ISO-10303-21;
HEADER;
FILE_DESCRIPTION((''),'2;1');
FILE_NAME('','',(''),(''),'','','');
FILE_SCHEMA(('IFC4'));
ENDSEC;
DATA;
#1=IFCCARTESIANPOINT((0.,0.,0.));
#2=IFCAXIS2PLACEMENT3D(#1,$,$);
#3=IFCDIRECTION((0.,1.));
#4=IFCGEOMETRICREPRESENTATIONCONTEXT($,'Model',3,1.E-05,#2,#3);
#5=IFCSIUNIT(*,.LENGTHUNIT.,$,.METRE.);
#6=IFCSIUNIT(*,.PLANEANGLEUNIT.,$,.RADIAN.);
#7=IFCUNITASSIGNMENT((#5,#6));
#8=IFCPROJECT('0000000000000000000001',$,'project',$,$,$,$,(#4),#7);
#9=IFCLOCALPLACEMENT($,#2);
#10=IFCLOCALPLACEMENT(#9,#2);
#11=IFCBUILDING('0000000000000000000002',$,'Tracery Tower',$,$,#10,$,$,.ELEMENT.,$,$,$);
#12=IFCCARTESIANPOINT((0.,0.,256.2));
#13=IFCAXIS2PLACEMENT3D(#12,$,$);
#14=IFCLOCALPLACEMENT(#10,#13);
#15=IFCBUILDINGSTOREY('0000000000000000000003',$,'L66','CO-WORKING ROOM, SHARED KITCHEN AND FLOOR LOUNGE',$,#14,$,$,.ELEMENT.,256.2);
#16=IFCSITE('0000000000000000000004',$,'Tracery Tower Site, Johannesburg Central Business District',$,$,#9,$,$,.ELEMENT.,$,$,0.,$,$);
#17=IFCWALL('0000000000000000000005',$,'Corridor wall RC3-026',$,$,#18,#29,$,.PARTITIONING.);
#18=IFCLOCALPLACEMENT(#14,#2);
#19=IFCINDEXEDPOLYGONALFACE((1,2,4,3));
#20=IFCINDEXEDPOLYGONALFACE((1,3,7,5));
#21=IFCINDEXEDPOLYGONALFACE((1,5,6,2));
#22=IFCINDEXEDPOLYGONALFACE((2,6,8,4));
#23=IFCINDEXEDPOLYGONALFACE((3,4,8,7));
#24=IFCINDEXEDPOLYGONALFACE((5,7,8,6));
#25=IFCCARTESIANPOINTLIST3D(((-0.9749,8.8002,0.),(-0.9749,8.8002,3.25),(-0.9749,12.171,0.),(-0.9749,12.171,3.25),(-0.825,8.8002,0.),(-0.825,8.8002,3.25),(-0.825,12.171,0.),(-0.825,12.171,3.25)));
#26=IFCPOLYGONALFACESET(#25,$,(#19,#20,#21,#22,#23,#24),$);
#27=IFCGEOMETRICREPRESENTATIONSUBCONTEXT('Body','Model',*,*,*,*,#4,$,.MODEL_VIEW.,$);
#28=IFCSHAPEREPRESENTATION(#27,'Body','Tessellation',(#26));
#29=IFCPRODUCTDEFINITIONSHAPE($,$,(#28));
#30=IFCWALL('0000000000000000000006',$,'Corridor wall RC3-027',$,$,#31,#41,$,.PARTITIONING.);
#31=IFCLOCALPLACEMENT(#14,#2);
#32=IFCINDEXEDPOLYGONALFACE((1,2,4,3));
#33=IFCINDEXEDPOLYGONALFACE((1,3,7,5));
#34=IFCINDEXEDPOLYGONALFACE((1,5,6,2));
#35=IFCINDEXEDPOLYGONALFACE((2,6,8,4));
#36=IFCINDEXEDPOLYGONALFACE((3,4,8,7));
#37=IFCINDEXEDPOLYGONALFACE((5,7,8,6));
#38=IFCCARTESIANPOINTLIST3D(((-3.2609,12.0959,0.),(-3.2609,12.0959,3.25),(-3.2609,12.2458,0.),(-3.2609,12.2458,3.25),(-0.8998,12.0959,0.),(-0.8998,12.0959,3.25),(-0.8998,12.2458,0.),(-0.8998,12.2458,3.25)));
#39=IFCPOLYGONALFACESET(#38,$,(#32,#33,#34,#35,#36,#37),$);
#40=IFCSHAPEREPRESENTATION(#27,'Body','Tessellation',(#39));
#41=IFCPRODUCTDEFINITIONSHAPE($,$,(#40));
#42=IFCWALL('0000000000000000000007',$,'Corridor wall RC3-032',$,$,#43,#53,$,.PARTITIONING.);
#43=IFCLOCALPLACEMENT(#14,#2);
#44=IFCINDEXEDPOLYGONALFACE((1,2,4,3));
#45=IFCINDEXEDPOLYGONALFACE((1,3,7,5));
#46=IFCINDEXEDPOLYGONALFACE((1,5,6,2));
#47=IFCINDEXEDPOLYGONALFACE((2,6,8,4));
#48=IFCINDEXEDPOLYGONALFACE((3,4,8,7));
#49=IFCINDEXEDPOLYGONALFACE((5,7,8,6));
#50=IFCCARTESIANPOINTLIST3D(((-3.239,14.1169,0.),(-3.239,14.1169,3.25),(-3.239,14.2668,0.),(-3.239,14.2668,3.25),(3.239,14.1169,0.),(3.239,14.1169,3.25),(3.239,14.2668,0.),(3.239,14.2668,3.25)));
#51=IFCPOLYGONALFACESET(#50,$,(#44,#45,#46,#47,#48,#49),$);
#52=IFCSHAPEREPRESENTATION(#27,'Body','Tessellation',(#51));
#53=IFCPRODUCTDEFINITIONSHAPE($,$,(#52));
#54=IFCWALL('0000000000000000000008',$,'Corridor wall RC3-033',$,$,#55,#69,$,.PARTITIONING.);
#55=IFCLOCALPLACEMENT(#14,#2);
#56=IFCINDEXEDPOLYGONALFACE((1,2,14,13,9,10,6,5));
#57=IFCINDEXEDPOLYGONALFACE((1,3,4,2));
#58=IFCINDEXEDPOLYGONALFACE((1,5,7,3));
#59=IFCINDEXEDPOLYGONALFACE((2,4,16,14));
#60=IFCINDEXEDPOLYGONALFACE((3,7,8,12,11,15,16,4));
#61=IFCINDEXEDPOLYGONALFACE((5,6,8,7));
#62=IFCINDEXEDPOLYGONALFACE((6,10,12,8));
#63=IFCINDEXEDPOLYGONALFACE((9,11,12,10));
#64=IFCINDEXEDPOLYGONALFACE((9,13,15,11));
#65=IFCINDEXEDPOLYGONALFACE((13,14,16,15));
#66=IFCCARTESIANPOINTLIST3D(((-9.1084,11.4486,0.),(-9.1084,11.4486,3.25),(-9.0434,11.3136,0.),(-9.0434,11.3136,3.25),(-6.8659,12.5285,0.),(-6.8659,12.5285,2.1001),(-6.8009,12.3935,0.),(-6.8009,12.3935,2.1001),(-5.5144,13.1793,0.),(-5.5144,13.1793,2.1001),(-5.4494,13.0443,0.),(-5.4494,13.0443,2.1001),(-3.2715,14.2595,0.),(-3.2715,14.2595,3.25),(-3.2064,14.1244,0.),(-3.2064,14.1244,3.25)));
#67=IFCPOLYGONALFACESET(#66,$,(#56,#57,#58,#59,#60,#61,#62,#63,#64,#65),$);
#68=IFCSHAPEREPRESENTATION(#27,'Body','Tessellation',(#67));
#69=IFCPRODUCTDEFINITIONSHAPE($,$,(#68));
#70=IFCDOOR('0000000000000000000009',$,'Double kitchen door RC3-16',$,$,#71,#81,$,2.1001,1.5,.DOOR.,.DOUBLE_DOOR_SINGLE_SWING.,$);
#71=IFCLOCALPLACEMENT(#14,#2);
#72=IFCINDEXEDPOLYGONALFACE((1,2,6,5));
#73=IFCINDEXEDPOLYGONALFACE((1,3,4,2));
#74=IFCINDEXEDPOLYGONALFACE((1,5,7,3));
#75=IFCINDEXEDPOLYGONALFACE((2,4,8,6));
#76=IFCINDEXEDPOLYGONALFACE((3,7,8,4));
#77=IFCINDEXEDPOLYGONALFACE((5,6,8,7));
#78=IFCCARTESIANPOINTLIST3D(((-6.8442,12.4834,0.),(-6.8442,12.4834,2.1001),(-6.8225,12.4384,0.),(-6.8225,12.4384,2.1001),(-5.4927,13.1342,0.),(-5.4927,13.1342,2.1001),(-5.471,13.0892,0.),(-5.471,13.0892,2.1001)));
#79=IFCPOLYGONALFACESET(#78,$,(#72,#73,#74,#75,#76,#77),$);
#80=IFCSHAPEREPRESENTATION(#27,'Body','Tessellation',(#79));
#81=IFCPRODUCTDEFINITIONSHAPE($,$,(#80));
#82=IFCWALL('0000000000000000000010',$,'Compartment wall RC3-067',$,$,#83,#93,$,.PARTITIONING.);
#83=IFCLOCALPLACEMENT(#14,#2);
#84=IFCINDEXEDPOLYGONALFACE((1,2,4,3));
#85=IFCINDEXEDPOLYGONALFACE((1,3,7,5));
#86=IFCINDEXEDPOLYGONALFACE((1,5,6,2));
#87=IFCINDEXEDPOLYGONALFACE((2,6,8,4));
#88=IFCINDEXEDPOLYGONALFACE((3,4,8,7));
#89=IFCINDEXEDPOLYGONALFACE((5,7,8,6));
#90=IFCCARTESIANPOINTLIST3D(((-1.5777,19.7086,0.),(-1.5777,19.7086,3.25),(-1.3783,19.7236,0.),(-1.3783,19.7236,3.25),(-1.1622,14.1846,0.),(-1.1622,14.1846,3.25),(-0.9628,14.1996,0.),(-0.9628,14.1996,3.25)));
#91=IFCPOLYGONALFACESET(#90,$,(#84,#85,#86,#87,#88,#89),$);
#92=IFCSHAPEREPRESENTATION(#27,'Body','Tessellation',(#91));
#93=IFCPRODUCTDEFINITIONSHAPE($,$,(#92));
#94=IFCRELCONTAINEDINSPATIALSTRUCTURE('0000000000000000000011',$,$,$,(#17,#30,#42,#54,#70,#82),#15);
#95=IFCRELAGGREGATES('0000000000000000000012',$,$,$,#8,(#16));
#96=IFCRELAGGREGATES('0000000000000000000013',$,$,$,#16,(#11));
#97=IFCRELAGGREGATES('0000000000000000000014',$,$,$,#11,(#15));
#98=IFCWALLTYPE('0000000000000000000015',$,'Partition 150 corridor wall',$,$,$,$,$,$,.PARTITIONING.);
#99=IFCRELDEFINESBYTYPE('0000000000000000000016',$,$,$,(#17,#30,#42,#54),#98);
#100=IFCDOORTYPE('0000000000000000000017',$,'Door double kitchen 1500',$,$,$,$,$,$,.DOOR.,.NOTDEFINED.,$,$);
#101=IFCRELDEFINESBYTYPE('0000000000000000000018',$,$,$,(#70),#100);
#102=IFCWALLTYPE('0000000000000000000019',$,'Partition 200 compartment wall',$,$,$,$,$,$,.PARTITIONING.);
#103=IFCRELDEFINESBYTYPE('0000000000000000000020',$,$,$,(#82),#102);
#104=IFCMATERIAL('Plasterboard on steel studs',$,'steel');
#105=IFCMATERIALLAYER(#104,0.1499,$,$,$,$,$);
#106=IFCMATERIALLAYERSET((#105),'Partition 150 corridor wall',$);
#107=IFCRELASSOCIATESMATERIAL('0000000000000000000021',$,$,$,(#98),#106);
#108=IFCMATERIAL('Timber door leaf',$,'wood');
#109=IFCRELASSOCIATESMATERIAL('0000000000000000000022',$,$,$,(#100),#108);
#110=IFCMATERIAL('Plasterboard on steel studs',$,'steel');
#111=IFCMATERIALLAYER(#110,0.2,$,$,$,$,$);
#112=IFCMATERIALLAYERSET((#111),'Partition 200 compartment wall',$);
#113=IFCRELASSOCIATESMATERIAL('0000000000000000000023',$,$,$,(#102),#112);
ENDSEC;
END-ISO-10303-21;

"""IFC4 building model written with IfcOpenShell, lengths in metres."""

from ifc_helpers import new_model, si_unit, direction, frame, frame_2d, origin, place, context, subcontext, project, spatial, rectangle, extrude, material, layer, layer_set, type_object, element, fill, save


model = new_model("IFC4")

# Units and contexts
model_context = context("Model", 3, precision=1e-05, world=origin(), true_north=direction((0.0, 1.0)))
body_context = subcontext(model_context, "Body", "Model", "MODEL_VIEW")
ifc_project = project(units=[si_unit("LENGTHUNIT", "METRE"), si_unit("PLANEANGLEUNIT", "RADIAN")], contexts=[model_context])

# Site, building, storey
site_placement = place(None, origin())
site = spatial("IfcSite", under=ifc_project, at=site_placement, Name="Tracery Tower Site, Johannesburg Central Business District", CompositionType="ELEMENT", RefElevation=0.0)
building_placement = place(site_placement, origin())
building = spatial("IfcBuilding", under=site, at=building_placement, Name="Tracery Tower", CompositionType="ELEMENT")
storey_placement = place(building_placement, frame((0.0, 0.0, 256.2)))
storey = spatial("IfcBuildingStorey", under=building, at=storey_placement, Name="L66", Description="CO-WORKING ROOM, SHARED KITCHEN AND FLOOR LOUNGE", CompositionType="ELEMENT", Elevation=256.2)

# Shared definitions
ifc_material_1 = material(Name="Plasterboard on steel studs", Category="steel")
ifc_layer_1 = layer(ifc_material_1, 0.1499)
ifc_layer_set_1 = layer_set([ifc_layer_1], Name="Partition 150 corridor wall")
wall_type_1 = type_object("IfcWallType", Name="Partition 150 corridor wall", PredefinedType="PARTITIONING", material=ifc_layer_set_1)

# Walls
wall_1_placement = place(storey_placement, frame((-0.8999, 8.8, 0.0), z_axis=(0.0, 0.0, 1.0), x_axis=(0.0, 1.0, 0.0)))
element("IfcWall", 1, at=wall_1_placement, inside=storey, type_object=wall_type_1, Name="Corridor wall RC3-026", PredefinedType="PARTITIONING", context=body_context, shape_type="SweptSolid", body=[
    extrude(rectangle(XDim=3.3708, YDim=0.1499, at=frame_2d((1.6855, 0.0))), origin(), (0.0, 0.0, 1.0), 3.25),
])
wall_2_placement = place(storey_placement, frame((-3.261, 12.1709, 0.0), z_axis=(0.0, 0.0, 1.0), x_axis=(1.0, 0.0, 0.0)))
element("IfcWall", 2, at=wall_2_placement, inside=storey, type_object=wall_type_1, Name="Corridor wall RC3-027", PredefinedType="PARTITIONING", context=body_context, shape_type="SweptSolid", body=[
    extrude(rectangle(XDim=2.3611, YDim=0.1499, at=frame_2d((1.1807, 0.0))), origin(), (0.0, 0.0, 1.0), 3.25),
])
wall_3_placement = place(storey_placement, frame((-3.239, 14.1919, 0.0), z_axis=(0.0, 0.0, 1.0), x_axis=(1.0, 0.0, 0.0)))
element("IfcWall", 3, at=wall_3_placement, inside=storey, type_object=wall_type_1, Name="Corridor wall RC3-032", PredefinedType="PARTITIONING", context=body_context, shape_type="SweptSolid", body=[
    extrude(rectangle(XDim=6.478, YDim=0.1499, at=frame_2d((3.239, 0.0))), origin(), (0.0, 0.0, 1.0), 3.25),
])

# Wall, opening, door
wall_4_placement = place(storey_placement, frame((-9.0759, 11.3811, 0.0), z_axis=(0.0, 0.0, 1.0), x_axis=(0.900976, 0.433869, 0.0)))
wall_4 = element("IfcWall", 4, at=wall_4_placement, inside=storey, type_object=wall_type_1, Name="Corridor wall RC3-033", PredefinedType="PARTITIONING", context=body_context, shape_type="SweptSolid", body=[
    extrude(rectangle(XDim=6.4785, YDim=0.1499, at=frame_2d((3.2393, 0.0))), origin(), (0.0, 0.0, 1.0), 3.25),
])
opening_1_placement = place(wall_4_placement, frame((2.489, 0.0, 0.0)))
opening_1 = element("IfcOpeningElement", 5, at=opening_1_placement, cuts=wall_4, PredefinedType="OPENING", context=body_context, shape_type="SweptSolid", body=[
    extrude(rectangle(XDim=1.5, YDim=2.1001, at=frame_2d((0.75, 1.05))), frame((0.0, 0.075, 0.0), z_axis=(0.0, -1.0, 0.0), x_axis=(1.0, 0.0, 0.0)), (0.0, 0.0, 1.0), 0.1499),
])
ifc_material_2 = material(Name="Timber door leaf", Category="wood")
door_type_1 = type_object("IfcDoorType", Name="Door double kitchen 1500", OperationType="NOTDEFINED", PredefinedType="DOOR", material=ifc_material_2)
door_1_placement = place(opening_1_placement, origin())
door_1 = element("IfcDoor", 6, at=door_1_placement, inside=storey, type_object=door_type_1, Name="Double kitchen door RC3-16", OperationType="DOUBLE_DOOR_SINGLE_SWING", OverallHeight=2.1001, OverallWidth=1.5, PredefinedType="DOOR", context=body_context, shape_type="SweptSolid", body=[
    extrude(rectangle(XDim=1.5, YDim=2.1001, at=frame_2d((0.75, 1.05))), frame((0.0, 0.0249, 0.0), z_axis=(0.0, -1.0, 0.0), x_axis=(1.0, 0.0, 0.0)), (0.0, 0.0, 1.0), 0.05),
])
fill(opening_1, door_1)

# Wall
ifc_material_3 = material(Name="Plasterboard on steel studs", Category="steel")
ifc_layer_2 = layer(ifc_material_3, 0.2)
ifc_layer_set_2 = layer_set([ifc_layer_2], Name="Partition 200 compartment wall")
wall_type_2 = type_object("IfcWallType", Name="Partition 200 compartment wall", PredefinedType="PARTITIONING", material=ifc_layer_set_2)
wall_5_placement = place(storey_placement, frame((-1.478, 19.7161, 0.0), z_axis=(0.0, 0.0, 1.0), x_axis=(0.075011, -0.997183, 0.0)))
element("IfcWall", 7, at=wall_5_placement, inside=storey, type_object=wall_type_2, Name="Compartment wall RC3-067", PredefinedType="PARTITIONING", context=body_context, shape_type="SweptSolid", body=[
    extrude(rectangle(XDim=5.5396, YDim=0.2, at=frame_2d((2.7698, 0.0))), origin(), (0.0, 0.0, 1.0), 3.25),
])

save(model, "model.ifc")
